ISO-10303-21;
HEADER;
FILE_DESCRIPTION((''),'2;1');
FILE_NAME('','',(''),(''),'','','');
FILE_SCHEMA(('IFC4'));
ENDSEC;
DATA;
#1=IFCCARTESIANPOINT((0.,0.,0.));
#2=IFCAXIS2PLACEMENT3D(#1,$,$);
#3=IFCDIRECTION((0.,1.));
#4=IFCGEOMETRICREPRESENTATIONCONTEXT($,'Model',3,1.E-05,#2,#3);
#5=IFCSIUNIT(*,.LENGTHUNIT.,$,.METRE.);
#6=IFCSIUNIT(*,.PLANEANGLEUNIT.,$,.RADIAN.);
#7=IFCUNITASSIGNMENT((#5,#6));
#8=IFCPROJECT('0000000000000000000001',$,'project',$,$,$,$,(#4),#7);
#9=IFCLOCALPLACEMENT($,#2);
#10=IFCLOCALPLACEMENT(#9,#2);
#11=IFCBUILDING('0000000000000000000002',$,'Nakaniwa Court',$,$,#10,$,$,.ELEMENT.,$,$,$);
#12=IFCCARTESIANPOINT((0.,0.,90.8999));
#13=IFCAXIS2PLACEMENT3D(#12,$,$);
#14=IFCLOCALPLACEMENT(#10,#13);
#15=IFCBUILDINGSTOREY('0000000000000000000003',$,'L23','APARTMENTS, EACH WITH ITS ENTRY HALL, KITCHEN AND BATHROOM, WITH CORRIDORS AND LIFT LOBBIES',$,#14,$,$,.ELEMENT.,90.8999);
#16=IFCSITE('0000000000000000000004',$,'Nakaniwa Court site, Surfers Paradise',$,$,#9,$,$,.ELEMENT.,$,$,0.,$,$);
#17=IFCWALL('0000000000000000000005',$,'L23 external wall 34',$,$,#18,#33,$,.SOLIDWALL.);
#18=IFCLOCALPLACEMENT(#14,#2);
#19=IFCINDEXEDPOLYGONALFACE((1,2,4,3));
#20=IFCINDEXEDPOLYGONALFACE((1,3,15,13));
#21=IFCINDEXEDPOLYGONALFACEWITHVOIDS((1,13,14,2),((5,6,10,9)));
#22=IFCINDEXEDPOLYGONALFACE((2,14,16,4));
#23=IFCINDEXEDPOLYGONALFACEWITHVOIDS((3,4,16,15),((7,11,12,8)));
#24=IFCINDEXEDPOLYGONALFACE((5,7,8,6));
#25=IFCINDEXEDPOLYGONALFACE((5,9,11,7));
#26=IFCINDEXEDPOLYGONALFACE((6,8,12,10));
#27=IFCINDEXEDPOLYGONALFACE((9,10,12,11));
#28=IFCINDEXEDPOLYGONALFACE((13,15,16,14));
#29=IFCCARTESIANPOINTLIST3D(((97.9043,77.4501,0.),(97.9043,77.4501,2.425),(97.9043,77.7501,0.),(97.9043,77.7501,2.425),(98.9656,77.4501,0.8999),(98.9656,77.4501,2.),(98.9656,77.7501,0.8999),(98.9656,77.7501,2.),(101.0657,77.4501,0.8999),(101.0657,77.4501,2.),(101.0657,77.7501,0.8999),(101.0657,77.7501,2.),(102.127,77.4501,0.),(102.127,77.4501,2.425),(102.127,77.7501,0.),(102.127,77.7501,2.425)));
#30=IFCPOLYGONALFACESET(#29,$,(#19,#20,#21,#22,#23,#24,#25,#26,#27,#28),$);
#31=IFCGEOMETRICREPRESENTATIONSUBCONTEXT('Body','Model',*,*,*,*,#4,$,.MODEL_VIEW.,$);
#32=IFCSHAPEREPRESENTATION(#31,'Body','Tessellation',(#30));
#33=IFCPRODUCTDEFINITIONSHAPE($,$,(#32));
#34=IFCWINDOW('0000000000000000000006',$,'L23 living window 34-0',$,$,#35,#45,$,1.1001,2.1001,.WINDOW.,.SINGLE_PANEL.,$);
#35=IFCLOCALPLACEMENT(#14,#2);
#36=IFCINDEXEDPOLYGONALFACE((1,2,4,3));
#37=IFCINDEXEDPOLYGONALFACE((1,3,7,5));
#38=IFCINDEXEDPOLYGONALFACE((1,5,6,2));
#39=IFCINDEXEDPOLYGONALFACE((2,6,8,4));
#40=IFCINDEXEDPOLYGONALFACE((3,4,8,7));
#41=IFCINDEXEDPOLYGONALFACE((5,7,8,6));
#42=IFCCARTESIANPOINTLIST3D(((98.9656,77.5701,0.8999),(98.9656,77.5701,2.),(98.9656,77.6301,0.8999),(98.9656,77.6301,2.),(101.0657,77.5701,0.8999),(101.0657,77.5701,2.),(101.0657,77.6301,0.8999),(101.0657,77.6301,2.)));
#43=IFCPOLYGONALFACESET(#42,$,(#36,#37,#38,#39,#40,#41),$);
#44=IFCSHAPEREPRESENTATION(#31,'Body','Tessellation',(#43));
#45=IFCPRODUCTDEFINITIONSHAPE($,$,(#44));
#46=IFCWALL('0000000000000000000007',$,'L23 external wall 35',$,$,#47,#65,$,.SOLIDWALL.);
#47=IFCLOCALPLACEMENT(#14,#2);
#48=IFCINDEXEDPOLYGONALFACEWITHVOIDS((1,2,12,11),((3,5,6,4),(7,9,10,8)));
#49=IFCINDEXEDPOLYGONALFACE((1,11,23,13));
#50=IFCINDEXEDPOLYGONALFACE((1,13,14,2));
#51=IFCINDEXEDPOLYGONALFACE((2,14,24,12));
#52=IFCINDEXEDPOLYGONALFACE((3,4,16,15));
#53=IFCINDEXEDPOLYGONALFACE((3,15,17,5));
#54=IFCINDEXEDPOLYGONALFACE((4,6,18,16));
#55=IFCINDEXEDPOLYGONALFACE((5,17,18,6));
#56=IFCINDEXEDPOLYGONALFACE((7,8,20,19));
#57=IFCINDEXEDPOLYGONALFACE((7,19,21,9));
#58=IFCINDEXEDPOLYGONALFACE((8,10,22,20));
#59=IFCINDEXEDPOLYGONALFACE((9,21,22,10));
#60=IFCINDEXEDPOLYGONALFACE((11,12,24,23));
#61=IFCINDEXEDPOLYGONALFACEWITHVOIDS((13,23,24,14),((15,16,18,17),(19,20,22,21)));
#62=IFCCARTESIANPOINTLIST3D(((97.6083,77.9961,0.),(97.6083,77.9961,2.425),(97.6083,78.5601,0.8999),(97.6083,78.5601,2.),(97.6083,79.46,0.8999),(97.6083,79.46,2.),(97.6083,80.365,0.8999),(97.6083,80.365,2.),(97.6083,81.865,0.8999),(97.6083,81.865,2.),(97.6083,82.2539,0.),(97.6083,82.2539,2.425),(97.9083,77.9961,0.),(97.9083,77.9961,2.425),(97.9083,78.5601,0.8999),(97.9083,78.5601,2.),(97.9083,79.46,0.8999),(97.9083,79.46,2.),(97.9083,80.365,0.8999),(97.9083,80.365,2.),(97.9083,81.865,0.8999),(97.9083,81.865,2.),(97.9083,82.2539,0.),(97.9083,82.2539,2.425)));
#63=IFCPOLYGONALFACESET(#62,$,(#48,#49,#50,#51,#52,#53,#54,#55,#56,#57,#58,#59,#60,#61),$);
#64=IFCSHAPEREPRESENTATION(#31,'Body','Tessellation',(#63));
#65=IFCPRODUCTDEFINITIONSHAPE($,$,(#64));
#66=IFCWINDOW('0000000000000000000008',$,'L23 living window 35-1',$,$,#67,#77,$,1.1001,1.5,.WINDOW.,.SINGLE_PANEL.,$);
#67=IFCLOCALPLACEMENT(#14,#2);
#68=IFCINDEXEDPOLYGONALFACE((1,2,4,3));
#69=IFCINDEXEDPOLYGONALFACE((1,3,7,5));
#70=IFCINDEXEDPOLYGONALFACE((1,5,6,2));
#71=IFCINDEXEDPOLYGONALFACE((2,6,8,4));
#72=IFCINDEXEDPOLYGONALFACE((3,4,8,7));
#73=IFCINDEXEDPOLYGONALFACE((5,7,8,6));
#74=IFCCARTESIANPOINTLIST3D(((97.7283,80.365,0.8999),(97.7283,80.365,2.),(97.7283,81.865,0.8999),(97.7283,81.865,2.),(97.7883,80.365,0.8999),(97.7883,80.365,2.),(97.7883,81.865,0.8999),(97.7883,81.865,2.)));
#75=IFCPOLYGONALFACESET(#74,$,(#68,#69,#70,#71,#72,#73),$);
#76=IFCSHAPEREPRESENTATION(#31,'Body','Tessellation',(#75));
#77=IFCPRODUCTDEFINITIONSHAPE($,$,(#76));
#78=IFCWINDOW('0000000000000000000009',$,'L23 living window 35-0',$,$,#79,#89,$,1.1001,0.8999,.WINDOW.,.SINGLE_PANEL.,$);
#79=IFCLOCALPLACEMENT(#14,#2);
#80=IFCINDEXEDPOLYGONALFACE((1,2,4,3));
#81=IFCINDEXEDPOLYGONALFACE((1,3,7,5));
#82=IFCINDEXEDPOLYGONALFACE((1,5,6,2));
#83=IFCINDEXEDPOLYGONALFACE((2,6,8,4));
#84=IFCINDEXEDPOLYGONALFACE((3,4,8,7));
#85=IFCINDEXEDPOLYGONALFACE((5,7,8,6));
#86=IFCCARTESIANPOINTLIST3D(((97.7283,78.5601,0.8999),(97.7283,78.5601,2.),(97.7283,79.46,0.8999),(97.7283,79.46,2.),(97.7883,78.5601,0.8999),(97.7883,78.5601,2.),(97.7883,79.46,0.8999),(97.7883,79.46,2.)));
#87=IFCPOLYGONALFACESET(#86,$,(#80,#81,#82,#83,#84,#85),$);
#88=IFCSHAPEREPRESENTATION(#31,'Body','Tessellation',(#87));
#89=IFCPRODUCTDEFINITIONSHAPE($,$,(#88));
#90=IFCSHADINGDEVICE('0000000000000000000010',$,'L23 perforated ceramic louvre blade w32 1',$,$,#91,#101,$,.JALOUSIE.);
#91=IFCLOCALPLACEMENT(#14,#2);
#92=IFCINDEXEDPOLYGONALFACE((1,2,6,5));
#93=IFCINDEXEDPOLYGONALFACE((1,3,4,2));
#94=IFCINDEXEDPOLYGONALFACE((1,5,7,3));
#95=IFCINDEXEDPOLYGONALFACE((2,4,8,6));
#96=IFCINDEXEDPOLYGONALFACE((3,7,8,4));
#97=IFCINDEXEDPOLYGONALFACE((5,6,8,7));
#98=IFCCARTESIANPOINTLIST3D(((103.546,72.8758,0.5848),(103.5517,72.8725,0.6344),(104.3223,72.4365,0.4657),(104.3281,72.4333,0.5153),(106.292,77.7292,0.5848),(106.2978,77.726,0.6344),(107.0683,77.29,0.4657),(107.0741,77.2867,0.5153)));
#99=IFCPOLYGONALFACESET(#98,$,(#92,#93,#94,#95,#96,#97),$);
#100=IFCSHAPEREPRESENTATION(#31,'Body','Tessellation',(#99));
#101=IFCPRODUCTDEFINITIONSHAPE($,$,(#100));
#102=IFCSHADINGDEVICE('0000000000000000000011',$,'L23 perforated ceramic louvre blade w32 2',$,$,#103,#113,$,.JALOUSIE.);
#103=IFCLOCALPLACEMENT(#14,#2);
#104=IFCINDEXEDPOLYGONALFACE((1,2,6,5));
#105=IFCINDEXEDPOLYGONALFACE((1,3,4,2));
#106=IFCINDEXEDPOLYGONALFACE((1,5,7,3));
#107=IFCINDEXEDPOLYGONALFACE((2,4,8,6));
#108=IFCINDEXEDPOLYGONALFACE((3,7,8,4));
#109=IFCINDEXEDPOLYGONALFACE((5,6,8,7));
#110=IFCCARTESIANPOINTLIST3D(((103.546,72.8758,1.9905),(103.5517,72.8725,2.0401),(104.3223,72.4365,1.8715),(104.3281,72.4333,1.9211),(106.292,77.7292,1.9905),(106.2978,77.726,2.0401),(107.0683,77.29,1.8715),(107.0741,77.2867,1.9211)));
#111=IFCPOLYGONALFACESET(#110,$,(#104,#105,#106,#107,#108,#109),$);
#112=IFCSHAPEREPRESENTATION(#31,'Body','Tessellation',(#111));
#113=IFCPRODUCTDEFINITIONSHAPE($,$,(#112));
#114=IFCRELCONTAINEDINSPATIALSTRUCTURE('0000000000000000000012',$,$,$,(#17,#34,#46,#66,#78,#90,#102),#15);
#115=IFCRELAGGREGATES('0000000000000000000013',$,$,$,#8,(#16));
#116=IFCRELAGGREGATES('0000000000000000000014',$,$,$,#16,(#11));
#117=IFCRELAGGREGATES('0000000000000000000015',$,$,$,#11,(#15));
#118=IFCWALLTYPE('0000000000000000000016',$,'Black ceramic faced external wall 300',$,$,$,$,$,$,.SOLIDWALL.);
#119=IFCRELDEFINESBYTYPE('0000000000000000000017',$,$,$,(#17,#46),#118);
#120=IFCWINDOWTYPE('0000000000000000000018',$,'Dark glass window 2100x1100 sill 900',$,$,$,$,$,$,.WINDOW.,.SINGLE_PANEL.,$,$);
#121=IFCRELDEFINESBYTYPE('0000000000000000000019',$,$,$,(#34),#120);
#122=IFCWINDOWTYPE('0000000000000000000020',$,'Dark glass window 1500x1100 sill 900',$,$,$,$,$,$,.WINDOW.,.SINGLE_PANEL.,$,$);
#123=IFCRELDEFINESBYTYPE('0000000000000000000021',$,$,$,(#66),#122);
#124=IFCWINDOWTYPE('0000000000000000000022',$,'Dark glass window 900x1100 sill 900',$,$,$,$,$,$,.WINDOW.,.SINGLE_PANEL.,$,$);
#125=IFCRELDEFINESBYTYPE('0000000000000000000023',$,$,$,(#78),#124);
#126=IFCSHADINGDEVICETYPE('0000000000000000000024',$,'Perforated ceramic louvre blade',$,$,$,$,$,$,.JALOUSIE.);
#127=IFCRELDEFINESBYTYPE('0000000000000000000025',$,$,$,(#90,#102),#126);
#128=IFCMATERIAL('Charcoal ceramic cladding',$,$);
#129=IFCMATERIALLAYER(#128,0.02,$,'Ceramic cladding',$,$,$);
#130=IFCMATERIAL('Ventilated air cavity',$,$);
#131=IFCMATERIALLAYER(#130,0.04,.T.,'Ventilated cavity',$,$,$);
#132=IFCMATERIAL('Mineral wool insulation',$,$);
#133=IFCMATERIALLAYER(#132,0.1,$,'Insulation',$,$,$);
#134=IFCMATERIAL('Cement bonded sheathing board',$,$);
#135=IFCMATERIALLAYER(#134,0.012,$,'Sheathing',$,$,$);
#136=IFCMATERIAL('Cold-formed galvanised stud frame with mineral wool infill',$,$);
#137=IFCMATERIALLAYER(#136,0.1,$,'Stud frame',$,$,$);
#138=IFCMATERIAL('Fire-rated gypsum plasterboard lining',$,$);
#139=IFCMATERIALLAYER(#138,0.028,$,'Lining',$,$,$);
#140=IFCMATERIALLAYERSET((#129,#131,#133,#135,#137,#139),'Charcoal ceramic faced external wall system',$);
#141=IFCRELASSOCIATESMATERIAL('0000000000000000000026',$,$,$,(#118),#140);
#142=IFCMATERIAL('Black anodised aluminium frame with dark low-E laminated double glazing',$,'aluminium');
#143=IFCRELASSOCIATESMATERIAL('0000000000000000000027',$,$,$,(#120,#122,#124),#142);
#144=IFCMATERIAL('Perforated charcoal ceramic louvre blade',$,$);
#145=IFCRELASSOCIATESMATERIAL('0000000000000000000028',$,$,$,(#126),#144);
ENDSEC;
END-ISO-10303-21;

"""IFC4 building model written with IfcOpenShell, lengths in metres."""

from ifc_helpers import new_model, si_unit, direction, frame, frame_2d, origin, origin_2d, place, context, subcontext, project, spatial, rectangle, extrude, material, layer, layer_set, material_profile, profile_set, type_object, element, fill, save


model = new_model("IFC4")

# Units and contexts
model_context = context("Model", 3, precision=1e-05, world=origin(), true_north=direction((0.0, 1.0)))
body_context = subcontext(model_context, "Body", "Model", "MODEL_VIEW")
ifc_project = project(units=[si_unit("LENGTHUNIT", "METRE"), si_unit("PLANEANGLEUNIT", "RADIAN")], contexts=[model_context])

# Site, building, storey
site_placement = place(None, origin())
site = spatial("IfcSite", under=ifc_project, at=site_placement, Name="Nakaniwa Court site, Surfers Paradise", CompositionType="ELEMENT", RefElevation=0.0)
building_placement = place(site_placement, origin())
building = spatial("IfcBuilding", under=site, at=building_placement, Name="Nakaniwa Court", CompositionType="ELEMENT")
storey_placement = place(building_placement, frame((0.0, 0.0, 90.8999)))
storey = spatial("IfcBuildingStorey", under=building, at=storey_placement, Name="L23", Description="APARTMENTS, EACH WITH ITS ENTRY HALL, KITCHEN AND BATHROOM, WITH CORRIDORS AND LIFT LOBBIES", CompositionType="ELEMENT", Elevation=90.8999)

# Shared definitions
ifc_material_1 = material(Name="Charcoal ceramic cladding")
ifc_layer_1 = layer(ifc_material_1, 0.02, Name="Ceramic cladding")
ifc_material_2 = material(Name="Ventilated air cavity")
ifc_layer_2 = layer(ifc_material_2, 0.04, ventilated=True, Name="Ventilated cavity")
ifc_material_3 = material(Name="Mineral wool insulation")
ifc_layer_3 = layer(ifc_material_3, 0.1, Name="Insulation")
ifc_material_4 = material(Name="Cement bonded sheathing board")
ifc_layer_4 = layer(ifc_material_4, 0.012, Name="Sheathing")
ifc_material_5 = material(Name="Cold-formed galvanised stud frame with mineral wool infill")
ifc_layer_5 = layer(ifc_material_5, 0.1, Name="Stud frame")
ifc_material_6 = material(Name="Fire-rated gypsum plasterboard lining")
ifc_layer_6 = layer(ifc_material_6, 0.028, Name="Lining")
ifc_layer_set = layer_set([ifc_layer_1, ifc_layer_2, ifc_layer_3, ifc_layer_4, ifc_layer_5, ifc_layer_6], Name="Charcoal ceramic faced external wall system")
wall_type = type_object("IfcWallType", Name="Black ceramic faced external wall 300", PredefinedType="SOLIDWALL", material=ifc_layer_set)
ifc_material_7 = material(Name="Black anodised aluminium frame with dark low-E laminated double glazing", Category="aluminium")
window_type_1 = type_object("IfcWindowType", Name="Dark glass window 2100x1100 sill 900", PartitioningType="SINGLE_PANEL", PredefinedType="WINDOW", material=ifc_material_7)

# Wall, opening, window
window_type_2 = type_object("IfcWindowType", Name="Dark glass window 1500x1100 sill 900", PartitioningType="SINGLE_PANEL", PredefinedType="WINDOW", material=ifc_material_7)
wall_1_placement = place(storey_placement, frame((102.127, 77.6001, 0.0), z_axis=(0.0, 0.0, 1.0), x_axis=(-1.0, 0.0, 0.0)))
wall_1 = element("IfcWall", 1, at=wall_1_placement, inside=storey, type_object=wall_type, Name="L23 external wall 34", PredefinedType="SOLIDWALL", context=body_context, shape_type="SweptSolid", body=[
    extrude(rectangle(XDim=4.2227, YDim=0.3, at=frame_2d((2.1113, 0.0))), origin(), (0.0, 0.0, 1.0), 2.425),
])
opening_1_placement = place(wall_1_placement, frame((1.0613, 0.0, 0.8999)))
opening_1 = element("IfcOpeningElement", 2, at=opening_1_placement, cuts=wall_1, PredefinedType="OPENING", context=body_context, shape_type="SweptSolid", body=[
    extrude(rectangle(XDim=2.1001, YDim=1.1001, at=frame_2d((1.05, 0.55))), frame((0.0, 0.1599, 0.0), z_axis=(0.0, -1.0, 0.0), x_axis=(1.0, 0.0, 0.0)), (0.0, 0.0, 1.0), 0.3201),
])
window_1_placement = place(opening_1_placement, origin())
window_1 = element("IfcWindow", 3, at=window_1_placement, inside=storey, type_object=window_type_1, Name="L23 living window 34-0", OverallHeight=1.1001, OverallWidth=2.1001, PartitioningType="SINGLE_PANEL", PredefinedType="WINDOW", context=body_context, shape_type="SweptSolid", body=[
    extrude(rectangle(XDim=2.1001, YDim=1.1001, at=frame_2d((1.05, 0.55))), frame((0.0, 0.03, 0.0), z_axis=(0.0, -1.0, 0.0), x_axis=(1.0, 0.0, 0.0)), (0.0, 0.0, 1.0), 0.0601),
])
fill(opening_1, window_1)

# Wall, openings, windows
wall_2_placement = place(storey_placement, frame((97.7583, 77.9961, 0.0), z_axis=(0.0, 0.0, 1.0), x_axis=(0.0, 1.0, 0.0)))
wall_2 = element("IfcWall", 4, at=wall_2_placement, inside=storey, type_object=wall_type, Name="L23 external wall 35", PredefinedType="SOLIDWALL", context=body_context, shape_type="SweptSolid", body=[
    extrude(rectangle(XDim=4.2578, YDim=0.3, at=frame_2d((2.1289, 0.0))), origin(), (0.0, 0.0, 1.0), 2.425),
])
opening_2_placement = place(wall_2_placement, frame((0.564, 0.0, 0.8999)))
opening_2 = element("IfcOpeningElement", 5, at=opening_2_placement, cuts=wall_2, PredefinedType="OPENING", context=body_context, shape_type="SweptSolid", body=[
    extrude(rectangle(XDim=0.8999, YDim=1.1001, at=frame_2d((0.45, 0.55))), frame((0.0, 0.1599, 0.0), z_axis=(0.0, -1.0, 0.0), x_axis=(1.0, 0.0, 0.0)), (0.0, 0.0, 1.0), 0.3201),
])
opening_3_placement = place(wall_2_placement, frame((2.3689, 0.0, 0.8999)))
opening_3 = element("IfcOpeningElement", 6, at=opening_3_placement, cuts=wall_2, PredefinedType="OPENING", context=body_context, shape_type="SweptSolid", body=[
    extrude(rectangle(XDim=1.5, YDim=1.1001, at=frame_2d((0.75, 0.55))), frame((0.0, 0.1599, 0.0), z_axis=(0.0, -1.0, 0.0), x_axis=(1.0, 0.0, 0.0)), (0.0, 0.0, 1.0), 0.3201),
])
window_2_placement = place(opening_3_placement, origin())
window_2 = element("IfcWindow", 7, at=window_2_placement, inside=storey, type_object=window_type_2, Name="L23 living window 35-1", OverallHeight=1.1001, OverallWidth=1.5, PartitioningType="SINGLE_PANEL", PredefinedType="WINDOW", context=body_context, shape_type="SweptSolid", body=[
    extrude(rectangle(XDim=1.5, YDim=1.1001, at=frame_2d((0.75, 0.55))), frame((0.0, 0.03, 0.0), z_axis=(0.0, -1.0, 0.0), x_axis=(1.0, 0.0, 0.0)), (0.0, 0.0, 1.0), 0.0601),
])
fill(opening_3, window_2)
window_type_3 = type_object("IfcWindowType", Name="Dark glass window 900x1100 sill 900", PartitioningType="SINGLE_PANEL", PredefinedType="WINDOW", material=ifc_material_7)
window_3_placement = place(opening_2_placement, origin())
window_3 = element("IfcWindow", 8, at=window_3_placement, inside=storey, type_object=window_type_3, Name="L23 living window 35-0", OverallHeight=1.1001, OverallWidth=0.8999, PartitioningType="SINGLE_PANEL", PredefinedType="WINDOW", context=body_context, shape_type="SweptSolid", body=[
    extrude(rectangle(XDim=0.8999, YDim=1.1001, at=frame_2d((0.45, 0.55))), frame((0.0, 0.03, 0.0), z_axis=(0.0, -1.0, 0.0), x_axis=(1.0, 0.0, 0.0)), (0.0, 0.0, 1.0), 0.0601),
])
fill(opening_2, window_3)

# Shading devices
ifc_material_8 = material(Name="Perforated charcoal ceramic louvre blade")
ifc_material_profile_1 = material_profile(ifc_material_8, rectangle(XDim=0.8999, YDim=0.05, at=origin_2d()), Name="Perforated ceramic louvre blade")
ifc_profile_set_1 = profile_set([ifc_material_profile_1], Name="Perforated charcoal ceramic louvre blade")
shading_device_type = type_object("IfcShadingDeviceType", Name="Perforated ceramic louvre blade", PredefinedType="JALOUSIE", material=ifc_profile_set_1)
for number, where, z_axis, x_axis, name in (
    (9, (103.937, 72.6545, 0.55), (0.492438, 0.870347, 0.0), (-0.862702, 0.488112, 0.132256), "L23 perforated ceramic louvre blade w32 1"),
    (10, (103.937, 72.6545, 1.9558), (0.492438, 0.870347, 0.0), (-0.862702, 0.488112, 0.132256), "L23 perforated ceramic louvre blade w32 2"),
):
    element("IfcShadingDevice", number, at=place(storey_placement, frame(where, z_axis=z_axis, x_axis=x_axis)), inside=storey, type_object=shading_device_type, Name=name, PredefinedType="JALOUSIE", context=body_context, shape_type="SweptSolid", body=[
        extrude(rectangle(XDim=0.8999, YDim=0.05, at=origin_2d()), origin(), (0.0, 0.0, 1.0), 5.5764),
    ])

save(model, "model.ifc")
